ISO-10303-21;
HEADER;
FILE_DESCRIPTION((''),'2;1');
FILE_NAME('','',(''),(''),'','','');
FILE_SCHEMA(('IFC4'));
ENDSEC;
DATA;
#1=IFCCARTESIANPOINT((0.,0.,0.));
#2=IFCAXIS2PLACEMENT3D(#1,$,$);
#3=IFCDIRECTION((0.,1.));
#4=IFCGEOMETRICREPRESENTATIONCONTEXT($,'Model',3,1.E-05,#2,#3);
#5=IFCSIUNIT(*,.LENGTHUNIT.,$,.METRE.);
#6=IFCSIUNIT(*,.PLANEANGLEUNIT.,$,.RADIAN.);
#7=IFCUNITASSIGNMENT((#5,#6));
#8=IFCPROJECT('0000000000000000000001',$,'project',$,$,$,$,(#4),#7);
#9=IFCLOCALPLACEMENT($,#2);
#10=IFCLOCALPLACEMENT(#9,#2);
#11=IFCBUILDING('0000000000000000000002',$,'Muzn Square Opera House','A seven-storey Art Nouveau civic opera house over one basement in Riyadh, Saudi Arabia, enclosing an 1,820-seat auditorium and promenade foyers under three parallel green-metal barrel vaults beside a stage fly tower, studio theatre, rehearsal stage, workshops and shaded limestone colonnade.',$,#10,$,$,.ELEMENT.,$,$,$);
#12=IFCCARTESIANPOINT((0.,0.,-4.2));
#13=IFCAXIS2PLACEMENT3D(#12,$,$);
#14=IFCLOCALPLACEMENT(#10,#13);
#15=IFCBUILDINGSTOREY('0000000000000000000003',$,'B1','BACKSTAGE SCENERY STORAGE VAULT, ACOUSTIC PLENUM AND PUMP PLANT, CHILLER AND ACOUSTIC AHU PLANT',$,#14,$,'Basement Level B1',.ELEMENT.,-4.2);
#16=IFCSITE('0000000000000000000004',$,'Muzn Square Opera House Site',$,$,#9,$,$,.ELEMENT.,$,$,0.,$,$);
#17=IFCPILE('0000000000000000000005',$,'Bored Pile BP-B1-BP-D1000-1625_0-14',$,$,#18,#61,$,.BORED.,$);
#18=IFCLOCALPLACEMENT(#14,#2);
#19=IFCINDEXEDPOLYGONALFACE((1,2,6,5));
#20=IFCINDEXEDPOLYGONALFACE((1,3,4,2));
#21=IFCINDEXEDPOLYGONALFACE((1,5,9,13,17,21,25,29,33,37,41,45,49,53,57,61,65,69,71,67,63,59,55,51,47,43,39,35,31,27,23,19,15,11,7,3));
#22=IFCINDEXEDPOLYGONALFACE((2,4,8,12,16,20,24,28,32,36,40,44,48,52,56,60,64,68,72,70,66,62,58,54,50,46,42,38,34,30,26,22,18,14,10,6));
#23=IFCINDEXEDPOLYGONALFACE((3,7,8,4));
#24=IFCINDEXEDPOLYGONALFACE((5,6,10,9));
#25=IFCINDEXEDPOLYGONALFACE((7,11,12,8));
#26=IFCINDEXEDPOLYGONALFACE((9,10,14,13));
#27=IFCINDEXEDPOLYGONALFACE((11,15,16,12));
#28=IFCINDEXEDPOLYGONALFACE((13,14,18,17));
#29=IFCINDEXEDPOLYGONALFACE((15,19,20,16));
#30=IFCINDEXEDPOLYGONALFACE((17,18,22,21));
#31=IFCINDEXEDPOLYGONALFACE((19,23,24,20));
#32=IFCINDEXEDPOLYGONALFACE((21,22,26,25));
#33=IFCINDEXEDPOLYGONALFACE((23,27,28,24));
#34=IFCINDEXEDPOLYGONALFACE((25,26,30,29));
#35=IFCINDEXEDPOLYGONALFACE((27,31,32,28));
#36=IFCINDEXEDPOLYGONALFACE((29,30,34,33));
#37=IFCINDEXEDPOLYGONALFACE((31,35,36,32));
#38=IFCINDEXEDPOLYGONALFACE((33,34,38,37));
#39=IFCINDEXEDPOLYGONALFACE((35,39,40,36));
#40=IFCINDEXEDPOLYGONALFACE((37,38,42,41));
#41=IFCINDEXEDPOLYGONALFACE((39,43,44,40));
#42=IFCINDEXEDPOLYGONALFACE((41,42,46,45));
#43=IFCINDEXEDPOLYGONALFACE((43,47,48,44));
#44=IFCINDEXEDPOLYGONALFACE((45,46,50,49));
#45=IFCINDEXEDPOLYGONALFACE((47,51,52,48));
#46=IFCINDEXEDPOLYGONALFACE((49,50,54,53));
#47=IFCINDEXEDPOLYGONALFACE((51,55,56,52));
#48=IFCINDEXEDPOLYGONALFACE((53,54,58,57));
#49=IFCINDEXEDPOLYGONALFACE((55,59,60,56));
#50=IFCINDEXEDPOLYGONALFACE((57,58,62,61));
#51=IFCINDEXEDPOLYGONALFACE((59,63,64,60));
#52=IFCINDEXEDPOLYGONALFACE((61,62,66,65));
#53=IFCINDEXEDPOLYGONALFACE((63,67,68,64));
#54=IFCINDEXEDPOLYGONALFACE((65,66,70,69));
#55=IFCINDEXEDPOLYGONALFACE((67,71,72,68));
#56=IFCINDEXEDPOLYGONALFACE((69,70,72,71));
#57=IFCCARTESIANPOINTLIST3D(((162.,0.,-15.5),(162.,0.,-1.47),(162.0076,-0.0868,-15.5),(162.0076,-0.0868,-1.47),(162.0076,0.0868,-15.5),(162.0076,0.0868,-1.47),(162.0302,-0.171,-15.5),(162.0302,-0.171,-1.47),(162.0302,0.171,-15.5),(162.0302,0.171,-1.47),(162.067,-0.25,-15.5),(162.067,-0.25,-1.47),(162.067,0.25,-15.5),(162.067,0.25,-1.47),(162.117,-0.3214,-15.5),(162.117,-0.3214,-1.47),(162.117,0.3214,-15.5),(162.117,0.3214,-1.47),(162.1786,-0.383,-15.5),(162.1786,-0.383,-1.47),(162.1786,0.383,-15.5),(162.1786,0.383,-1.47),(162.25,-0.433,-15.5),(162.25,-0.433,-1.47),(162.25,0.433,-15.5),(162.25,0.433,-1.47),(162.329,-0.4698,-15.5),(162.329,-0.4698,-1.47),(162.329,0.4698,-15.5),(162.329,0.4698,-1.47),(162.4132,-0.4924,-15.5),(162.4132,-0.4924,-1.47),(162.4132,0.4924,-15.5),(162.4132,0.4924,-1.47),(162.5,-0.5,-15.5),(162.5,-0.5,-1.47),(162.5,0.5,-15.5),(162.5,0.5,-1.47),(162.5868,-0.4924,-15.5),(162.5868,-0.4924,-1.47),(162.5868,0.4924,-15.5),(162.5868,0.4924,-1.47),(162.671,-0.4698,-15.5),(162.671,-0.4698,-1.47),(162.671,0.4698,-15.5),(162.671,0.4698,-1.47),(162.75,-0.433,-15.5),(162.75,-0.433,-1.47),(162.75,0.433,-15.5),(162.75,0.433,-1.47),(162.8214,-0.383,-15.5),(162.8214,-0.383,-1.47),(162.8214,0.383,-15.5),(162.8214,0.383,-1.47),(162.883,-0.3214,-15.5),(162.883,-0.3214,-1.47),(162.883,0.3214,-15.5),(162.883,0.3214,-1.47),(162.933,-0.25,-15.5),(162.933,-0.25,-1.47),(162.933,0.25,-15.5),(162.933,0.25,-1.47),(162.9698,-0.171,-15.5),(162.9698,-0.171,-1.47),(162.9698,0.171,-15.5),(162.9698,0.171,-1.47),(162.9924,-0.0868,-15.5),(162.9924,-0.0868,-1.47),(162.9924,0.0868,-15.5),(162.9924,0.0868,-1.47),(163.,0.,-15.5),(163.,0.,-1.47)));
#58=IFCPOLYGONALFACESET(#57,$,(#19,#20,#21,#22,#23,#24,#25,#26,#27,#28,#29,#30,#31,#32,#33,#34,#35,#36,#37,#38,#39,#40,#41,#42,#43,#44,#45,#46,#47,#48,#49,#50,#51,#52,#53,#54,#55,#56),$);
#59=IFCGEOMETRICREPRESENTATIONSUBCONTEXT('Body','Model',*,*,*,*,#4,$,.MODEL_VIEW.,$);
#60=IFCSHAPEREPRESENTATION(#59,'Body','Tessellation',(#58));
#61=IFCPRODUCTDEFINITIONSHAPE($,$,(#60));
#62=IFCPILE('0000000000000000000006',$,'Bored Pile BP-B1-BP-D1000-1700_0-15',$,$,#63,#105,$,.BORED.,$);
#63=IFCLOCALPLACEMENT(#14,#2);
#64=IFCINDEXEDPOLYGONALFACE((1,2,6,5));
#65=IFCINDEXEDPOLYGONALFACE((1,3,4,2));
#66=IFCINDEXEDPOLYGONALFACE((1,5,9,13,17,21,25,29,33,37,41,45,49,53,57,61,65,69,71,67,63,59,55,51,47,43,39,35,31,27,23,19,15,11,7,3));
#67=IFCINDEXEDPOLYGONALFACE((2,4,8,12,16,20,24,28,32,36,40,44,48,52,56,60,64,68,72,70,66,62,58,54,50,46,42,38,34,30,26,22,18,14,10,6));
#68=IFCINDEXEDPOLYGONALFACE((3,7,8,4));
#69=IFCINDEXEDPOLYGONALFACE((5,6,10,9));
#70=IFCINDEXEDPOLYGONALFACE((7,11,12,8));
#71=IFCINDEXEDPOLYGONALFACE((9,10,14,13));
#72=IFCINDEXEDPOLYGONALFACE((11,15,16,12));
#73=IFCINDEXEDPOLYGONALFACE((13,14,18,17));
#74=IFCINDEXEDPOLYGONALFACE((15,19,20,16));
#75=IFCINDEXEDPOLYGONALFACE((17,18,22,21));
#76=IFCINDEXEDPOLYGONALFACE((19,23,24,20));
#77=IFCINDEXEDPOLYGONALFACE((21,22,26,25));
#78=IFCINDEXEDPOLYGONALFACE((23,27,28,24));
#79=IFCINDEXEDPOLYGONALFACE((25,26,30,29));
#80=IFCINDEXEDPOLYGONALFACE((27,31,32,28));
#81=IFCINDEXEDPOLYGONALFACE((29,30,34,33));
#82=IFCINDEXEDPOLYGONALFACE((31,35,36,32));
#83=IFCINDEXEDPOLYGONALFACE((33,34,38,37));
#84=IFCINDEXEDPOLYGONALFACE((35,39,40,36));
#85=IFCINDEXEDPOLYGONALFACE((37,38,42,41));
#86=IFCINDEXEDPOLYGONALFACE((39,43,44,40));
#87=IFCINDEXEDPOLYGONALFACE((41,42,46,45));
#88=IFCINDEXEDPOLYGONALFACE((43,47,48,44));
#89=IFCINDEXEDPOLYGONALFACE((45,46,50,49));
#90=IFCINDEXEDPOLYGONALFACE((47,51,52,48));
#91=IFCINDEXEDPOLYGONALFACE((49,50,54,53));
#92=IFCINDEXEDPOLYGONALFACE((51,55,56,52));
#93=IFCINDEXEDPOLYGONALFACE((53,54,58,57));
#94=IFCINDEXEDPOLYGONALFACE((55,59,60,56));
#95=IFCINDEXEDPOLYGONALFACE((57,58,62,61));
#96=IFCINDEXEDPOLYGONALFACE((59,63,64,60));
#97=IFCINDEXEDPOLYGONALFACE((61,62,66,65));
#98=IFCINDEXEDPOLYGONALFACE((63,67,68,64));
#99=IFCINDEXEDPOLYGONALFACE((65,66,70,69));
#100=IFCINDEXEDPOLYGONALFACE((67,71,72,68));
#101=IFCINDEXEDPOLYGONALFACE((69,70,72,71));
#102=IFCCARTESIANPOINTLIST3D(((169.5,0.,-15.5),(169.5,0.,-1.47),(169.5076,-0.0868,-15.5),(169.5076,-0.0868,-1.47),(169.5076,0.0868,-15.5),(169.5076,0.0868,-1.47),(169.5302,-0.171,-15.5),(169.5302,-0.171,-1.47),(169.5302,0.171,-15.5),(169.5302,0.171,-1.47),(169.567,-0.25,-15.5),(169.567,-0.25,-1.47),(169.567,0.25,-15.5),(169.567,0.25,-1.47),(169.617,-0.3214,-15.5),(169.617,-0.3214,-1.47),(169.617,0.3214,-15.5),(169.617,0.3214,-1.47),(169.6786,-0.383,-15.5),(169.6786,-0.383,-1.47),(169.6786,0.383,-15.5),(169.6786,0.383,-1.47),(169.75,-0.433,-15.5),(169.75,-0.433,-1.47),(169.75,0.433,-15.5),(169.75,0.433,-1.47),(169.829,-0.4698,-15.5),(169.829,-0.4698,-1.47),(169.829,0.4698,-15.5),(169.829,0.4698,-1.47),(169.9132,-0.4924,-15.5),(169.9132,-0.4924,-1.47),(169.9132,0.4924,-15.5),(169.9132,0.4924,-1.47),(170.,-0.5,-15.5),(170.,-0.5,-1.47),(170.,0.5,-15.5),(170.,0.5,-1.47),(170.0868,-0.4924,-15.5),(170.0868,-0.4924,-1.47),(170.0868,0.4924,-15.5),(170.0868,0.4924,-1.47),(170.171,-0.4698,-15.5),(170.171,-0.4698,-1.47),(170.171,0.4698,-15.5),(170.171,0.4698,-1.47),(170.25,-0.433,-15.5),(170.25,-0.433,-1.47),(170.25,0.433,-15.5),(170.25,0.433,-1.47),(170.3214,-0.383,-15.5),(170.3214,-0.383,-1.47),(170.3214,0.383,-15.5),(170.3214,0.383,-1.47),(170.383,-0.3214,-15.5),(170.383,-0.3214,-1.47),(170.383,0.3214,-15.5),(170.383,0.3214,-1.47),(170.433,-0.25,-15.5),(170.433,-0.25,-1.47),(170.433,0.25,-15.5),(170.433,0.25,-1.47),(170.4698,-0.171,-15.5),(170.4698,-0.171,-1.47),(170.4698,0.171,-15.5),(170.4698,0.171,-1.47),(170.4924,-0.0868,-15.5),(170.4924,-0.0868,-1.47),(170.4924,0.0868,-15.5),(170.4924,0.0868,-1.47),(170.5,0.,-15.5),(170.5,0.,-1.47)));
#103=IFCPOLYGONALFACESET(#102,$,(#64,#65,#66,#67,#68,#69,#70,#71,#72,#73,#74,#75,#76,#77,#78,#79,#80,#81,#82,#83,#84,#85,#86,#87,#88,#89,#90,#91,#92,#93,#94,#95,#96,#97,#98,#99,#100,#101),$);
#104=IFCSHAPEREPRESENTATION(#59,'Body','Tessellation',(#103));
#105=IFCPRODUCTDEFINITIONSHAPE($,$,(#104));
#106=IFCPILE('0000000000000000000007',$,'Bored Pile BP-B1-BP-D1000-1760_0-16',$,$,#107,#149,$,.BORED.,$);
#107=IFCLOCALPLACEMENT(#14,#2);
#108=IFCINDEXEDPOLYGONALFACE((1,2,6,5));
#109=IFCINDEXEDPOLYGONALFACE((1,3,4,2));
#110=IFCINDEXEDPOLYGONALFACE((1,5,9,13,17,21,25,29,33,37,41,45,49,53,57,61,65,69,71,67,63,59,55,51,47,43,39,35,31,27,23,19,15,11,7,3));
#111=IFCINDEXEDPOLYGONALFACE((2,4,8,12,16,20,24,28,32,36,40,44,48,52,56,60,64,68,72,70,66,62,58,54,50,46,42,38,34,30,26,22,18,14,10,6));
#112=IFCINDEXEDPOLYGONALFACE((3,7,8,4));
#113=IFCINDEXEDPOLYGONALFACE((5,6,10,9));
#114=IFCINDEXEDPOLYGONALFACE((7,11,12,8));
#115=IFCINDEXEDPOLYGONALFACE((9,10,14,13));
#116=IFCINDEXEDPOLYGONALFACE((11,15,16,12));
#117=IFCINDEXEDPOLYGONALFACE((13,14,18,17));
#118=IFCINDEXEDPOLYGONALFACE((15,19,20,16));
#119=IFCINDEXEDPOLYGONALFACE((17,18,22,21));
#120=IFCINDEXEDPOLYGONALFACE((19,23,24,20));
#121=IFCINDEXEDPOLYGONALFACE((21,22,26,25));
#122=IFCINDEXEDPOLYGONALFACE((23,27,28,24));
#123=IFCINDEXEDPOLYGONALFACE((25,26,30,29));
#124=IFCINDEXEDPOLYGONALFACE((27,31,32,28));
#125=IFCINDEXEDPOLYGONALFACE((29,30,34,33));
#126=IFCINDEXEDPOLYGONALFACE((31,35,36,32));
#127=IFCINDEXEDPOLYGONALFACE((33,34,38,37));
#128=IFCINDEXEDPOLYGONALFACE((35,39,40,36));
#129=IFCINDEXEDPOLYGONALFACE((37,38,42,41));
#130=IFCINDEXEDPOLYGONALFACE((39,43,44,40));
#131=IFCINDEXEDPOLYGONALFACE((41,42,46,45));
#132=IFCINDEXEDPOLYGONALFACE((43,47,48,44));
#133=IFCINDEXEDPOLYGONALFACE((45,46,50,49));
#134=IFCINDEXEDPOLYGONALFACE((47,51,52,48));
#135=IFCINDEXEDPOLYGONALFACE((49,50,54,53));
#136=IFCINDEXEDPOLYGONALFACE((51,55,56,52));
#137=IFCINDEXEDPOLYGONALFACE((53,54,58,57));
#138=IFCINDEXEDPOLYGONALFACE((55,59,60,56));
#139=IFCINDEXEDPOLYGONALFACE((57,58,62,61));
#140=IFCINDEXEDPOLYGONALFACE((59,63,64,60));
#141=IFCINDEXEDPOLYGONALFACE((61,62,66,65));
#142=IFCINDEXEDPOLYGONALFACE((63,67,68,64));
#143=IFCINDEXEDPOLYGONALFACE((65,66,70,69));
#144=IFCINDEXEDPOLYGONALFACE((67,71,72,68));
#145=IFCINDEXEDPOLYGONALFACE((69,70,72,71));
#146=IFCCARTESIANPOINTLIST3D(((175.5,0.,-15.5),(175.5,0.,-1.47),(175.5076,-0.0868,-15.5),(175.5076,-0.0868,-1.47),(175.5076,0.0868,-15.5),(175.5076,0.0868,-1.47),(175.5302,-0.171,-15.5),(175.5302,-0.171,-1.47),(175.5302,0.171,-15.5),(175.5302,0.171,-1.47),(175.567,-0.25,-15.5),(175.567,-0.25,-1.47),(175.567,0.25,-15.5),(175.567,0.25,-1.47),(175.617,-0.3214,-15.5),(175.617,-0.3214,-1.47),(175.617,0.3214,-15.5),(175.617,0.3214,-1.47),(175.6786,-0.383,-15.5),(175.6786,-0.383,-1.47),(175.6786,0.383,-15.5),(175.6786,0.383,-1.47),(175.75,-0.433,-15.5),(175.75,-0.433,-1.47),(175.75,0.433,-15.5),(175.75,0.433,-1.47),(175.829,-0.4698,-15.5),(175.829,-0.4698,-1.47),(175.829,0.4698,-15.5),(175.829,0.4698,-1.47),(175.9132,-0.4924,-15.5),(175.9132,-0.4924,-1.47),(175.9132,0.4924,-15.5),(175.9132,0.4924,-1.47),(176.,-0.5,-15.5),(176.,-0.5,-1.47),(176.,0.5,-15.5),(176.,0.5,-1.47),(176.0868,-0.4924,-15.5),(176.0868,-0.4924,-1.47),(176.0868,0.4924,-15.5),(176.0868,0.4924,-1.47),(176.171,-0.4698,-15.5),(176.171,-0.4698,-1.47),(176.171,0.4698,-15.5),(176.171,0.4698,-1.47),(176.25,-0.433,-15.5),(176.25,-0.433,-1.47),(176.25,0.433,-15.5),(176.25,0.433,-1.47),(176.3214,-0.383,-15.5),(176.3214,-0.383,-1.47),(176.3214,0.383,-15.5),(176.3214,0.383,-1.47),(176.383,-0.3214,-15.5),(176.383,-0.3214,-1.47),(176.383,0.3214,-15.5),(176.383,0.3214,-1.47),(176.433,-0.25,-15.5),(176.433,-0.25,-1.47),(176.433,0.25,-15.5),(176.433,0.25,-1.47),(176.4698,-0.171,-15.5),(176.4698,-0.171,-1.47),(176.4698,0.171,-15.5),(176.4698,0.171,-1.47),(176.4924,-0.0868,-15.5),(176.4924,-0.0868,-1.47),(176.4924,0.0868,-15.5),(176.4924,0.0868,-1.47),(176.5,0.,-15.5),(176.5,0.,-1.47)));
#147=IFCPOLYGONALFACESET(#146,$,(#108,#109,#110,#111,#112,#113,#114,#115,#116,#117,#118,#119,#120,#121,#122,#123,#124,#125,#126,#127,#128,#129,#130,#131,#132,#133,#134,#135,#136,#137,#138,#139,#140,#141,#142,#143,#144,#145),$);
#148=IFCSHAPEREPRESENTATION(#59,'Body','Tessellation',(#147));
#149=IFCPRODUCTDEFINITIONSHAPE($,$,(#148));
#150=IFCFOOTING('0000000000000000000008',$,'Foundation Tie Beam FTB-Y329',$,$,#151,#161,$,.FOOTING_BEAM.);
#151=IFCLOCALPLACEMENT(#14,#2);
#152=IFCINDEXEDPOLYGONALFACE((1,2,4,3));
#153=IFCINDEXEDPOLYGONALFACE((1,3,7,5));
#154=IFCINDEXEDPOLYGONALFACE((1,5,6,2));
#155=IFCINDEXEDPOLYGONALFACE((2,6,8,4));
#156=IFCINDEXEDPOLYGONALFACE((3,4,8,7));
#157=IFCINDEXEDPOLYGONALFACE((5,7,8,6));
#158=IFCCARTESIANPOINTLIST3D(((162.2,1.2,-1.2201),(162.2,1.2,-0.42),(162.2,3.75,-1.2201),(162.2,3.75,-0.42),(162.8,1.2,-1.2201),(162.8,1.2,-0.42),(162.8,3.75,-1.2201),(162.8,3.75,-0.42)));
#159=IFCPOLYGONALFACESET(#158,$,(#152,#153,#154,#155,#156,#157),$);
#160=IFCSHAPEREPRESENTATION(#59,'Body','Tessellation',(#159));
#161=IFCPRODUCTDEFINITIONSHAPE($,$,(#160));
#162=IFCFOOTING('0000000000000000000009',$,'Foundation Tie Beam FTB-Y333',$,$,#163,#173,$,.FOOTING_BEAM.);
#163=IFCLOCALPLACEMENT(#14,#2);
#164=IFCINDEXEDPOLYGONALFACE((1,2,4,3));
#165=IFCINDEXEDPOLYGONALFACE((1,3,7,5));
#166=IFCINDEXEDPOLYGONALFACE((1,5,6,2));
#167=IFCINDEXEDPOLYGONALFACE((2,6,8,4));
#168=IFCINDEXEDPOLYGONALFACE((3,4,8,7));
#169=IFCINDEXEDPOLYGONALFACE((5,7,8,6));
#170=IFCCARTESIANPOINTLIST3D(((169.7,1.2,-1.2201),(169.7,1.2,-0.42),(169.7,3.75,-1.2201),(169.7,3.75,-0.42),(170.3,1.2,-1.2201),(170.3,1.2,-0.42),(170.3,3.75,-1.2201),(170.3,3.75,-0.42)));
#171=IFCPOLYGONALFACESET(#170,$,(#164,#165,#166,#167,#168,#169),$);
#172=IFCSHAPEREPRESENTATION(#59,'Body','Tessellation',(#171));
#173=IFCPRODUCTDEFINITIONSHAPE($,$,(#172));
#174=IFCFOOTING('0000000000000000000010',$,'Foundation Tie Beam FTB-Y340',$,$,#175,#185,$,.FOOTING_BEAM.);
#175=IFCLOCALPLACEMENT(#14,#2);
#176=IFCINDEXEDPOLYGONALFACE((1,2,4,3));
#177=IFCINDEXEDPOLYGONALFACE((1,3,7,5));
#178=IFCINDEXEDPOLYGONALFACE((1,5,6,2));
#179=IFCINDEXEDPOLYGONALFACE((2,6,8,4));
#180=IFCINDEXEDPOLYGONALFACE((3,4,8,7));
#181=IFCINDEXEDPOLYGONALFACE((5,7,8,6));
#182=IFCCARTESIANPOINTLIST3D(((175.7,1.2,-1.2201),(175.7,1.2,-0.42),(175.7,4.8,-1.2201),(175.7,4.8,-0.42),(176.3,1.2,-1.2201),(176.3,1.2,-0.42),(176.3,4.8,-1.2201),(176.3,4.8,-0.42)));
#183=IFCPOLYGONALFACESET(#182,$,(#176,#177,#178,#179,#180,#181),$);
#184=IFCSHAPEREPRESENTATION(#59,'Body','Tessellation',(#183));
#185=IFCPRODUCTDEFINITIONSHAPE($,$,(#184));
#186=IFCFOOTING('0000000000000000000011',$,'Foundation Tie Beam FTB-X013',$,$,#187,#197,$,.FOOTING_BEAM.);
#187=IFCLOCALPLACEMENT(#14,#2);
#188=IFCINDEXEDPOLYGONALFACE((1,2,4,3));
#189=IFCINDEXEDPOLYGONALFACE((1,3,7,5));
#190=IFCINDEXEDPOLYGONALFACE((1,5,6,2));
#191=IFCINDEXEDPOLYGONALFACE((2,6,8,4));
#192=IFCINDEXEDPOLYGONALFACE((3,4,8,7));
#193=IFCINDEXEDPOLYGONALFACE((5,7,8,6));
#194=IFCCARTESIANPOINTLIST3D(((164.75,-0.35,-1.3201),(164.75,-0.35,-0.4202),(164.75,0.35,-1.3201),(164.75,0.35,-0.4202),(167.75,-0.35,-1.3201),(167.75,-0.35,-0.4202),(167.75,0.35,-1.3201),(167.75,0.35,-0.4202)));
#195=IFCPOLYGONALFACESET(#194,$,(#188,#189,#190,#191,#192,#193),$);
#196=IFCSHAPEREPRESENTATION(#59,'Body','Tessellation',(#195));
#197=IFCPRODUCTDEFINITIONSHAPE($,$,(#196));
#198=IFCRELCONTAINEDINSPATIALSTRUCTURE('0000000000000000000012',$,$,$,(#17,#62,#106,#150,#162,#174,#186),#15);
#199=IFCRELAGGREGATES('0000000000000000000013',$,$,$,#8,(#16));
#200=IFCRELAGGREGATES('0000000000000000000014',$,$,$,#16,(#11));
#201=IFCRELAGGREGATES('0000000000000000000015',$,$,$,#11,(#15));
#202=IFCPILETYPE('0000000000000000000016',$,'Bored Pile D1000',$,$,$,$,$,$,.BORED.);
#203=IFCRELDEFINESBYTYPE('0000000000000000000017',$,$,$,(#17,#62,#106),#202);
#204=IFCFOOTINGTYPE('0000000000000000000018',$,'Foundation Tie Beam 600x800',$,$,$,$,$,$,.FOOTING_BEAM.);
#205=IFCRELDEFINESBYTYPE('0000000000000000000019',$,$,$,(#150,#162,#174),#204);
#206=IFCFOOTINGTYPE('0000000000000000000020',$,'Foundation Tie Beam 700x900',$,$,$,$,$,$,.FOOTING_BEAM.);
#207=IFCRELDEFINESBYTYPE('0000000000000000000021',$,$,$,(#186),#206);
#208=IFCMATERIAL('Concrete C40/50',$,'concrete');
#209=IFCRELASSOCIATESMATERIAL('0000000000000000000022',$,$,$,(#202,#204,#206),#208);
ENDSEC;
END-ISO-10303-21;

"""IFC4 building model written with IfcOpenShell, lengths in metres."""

from ifc_helpers import new_model, si_unit, direction, frame, origin, origin_2d, place, context, subcontext, project, spatial, rectangle, circle, extrude, material, material_profile, profile_set, type_object, element, save


model = new_model("IFC4")

# Units and contexts
model_context = context("Model", 3, precision=1e-05, world=origin(), true_north=direction((0.0, 1.0)))
body_context = subcontext(model_context, "Body", "Model", "MODEL_VIEW")
ifc_project = project(units=[si_unit("LENGTHUNIT", "METRE"), si_unit("PLANEANGLEUNIT", "RADIAN")], contexts=[model_context])

# Site, building, storey
site_placement = place(None, origin())
site = spatial("IfcSite", under=ifc_project, at=site_placement, Name="Muzn Square Opera House Site", CompositionType="ELEMENT", RefElevation=0.0)
building_placement = place(site_placement, origin())
building = spatial("IfcBuilding", under=site, at=building_placement, Name="Muzn Square Opera House", Description="A seven-storey Art Nouveau civic opera house over one basement in Riyadh, Saudi Arabia, enclosing an 1,820-seat auditorium and promenade foyers under three parallel green-metal barrel vaults beside a stage fly tower, studio theatre, rehearsal stage, workshops and shaded limestone colonnade.", CompositionType="ELEMENT")
storey_placement = place(building_placement, frame((0.0, 0.0, -4.2)))
storey = spatial("IfcBuildingStorey", under=building, at=storey_placement, Name="B1", Description="BACKSTAGE SCENERY STORAGE VAULT, ACOUSTIC PLENUM AND PUMP PLANT, CHILLER AND ACOUSTIC AHU PLANT", LongName="Basement Level B1", CompositionType="ELEMENT", Elevation=-4.2)

# Piles
ifc_material_1 = material(Name="Concrete C40/50", Category="concrete")
ifc_material_profile_1 = material_profile(ifc_material_1, circle(Radius=0.5, at=origin_2d()), Name="BORED PILE D1000", Category="concrete")
ifc_profile_set_1 = profile_set([ifc_material_profile_1], Name="Concrete C40/50")
pile_type = type_object("IfcPileType", Name="Bored Pile D1000", PredefinedType="BORED", material=ifc_profile_set_1)
for number, where, z_axis, x_axis, name in (
    (1, (162.5, 0.0, -1.47), (0.0, 0.0, -1.0), (1.0, 0.0, 0.0), "Bored Pile BP-B1-BP-D1000-1625_0-14"),
    (2, (170.0, 0.0, -1.47), (0.0, 0.0, -1.0), (1.0, 0.0, 0.0), "Bored Pile BP-B1-BP-D1000-1700_0-15"),
    (3, (176.0, 0.0, -1.47), (0.0, 0.0, -1.0), (1.0, 0.0, 0.0), "Bored Pile BP-B1-BP-D1000-1760_0-16"),
):
    element("IfcPile", number, at=place(storey_placement, frame(where, z_axis=z_axis, x_axis=x_axis)), inside=storey, type_object=pile_type, Name=name, PredefinedType="BORED", context=body_context, shape_type="SweptSolid", body=[
        extrude(circle(Radius=0.5, at=origin_2d()), origin(), (0.0, 0.0, 1.0), 14.03),
    ])

# Footings
ifc_material_profile_2 = material_profile(ifc_material_1, rectangle(XDim=0.6001, YDim=0.8, at=origin_2d()), Name="RCTB 600x800", Category="concrete")
ifc_profile_set_2 = profile_set([ifc_material_profile_2], Name="Concrete C40/50")
footing_type_1 = type_object("IfcFootingType", Name="Foundation Tie Beam 600x800", PredefinedType="FOOTING_BEAM", material=ifc_profile_set_2)
for number, where, z_axis, x_axis, name in (
    (4, (162.5, 1.2, -0.8201), (0.0, 1.0, 0.0), (-1.0, 0.0, 0.0), "Foundation Tie Beam FTB-Y329"),
    (5, (170.0, 1.2, -0.8201), (0.0, 1.0, 0.0), (-1.0, 0.0, 0.0), "Foundation Tie Beam FTB-Y333"),
):
    element("IfcFooting", number, at=place(storey_placement, frame(where, z_axis=z_axis, x_axis=x_axis)), inside=storey, type_object=footing_type_1, Name=name, PredefinedType="FOOTING_BEAM", context=body_context, shape_type="SweptSolid", body=[
        extrude(rectangle(XDim=0.6001, YDim=0.8, at=origin_2d()), origin(), (0.0, 0.0, 1.0), 2.55),
    ])
footing_1_placement = place(storey_placement, frame((176.0, 1.2, -0.8201), z_axis=(0.0, 1.0, 0.0), x_axis=(-1.0, 0.0, 0.0)))
element("IfcFooting", 6, at=footing_1_placement, inside=storey, type_object=footing_type_1, Name="Foundation Tie Beam FTB-Y340", PredefinedType="FOOTING_BEAM", context=body_context, shape_type="SweptSolid", body=[
    extrude(rectangle(XDim=0.6001, YDim=0.8, at=origin_2d()), origin(), (0.0, 0.0, 1.0), 3.6001),
])
ifc_material_profile_3 = material_profile(ifc_material_1, rectangle(XDim=0.7, YDim=0.8999, at=origin_2d()), Name="RCTB 700x900", Category="concrete")
ifc_profile_set_3 = profile_set([ifc_material_profile_3], Name="Concrete C40/50")
footing_type_2 = type_object("IfcFootingType", Name="Foundation Tie Beam 700x900", PredefinedType="FOOTING_BEAM", material=ifc_profile_set_3)
footing_2_placement = place(storey_placement, frame((164.75, 0.0, -0.8701), z_axis=(1.0, 0.0, 0.0), x_axis=(0.0, 1.0, 0.0)))
element("IfcFooting", 7, at=footing_2_placement, inside=storey, type_object=footing_type_2, Name="Foundation Tie Beam FTB-X013", PredefinedType="FOOTING_BEAM", context=body_context, shape_type="SweptSolid", body=[
    extrude(rectangle(XDim=0.7, YDim=0.8999, at=origin_2d()), origin(), (0.0, 0.0, 1.0), 3.0),
])

save(model, "model.ifc")
